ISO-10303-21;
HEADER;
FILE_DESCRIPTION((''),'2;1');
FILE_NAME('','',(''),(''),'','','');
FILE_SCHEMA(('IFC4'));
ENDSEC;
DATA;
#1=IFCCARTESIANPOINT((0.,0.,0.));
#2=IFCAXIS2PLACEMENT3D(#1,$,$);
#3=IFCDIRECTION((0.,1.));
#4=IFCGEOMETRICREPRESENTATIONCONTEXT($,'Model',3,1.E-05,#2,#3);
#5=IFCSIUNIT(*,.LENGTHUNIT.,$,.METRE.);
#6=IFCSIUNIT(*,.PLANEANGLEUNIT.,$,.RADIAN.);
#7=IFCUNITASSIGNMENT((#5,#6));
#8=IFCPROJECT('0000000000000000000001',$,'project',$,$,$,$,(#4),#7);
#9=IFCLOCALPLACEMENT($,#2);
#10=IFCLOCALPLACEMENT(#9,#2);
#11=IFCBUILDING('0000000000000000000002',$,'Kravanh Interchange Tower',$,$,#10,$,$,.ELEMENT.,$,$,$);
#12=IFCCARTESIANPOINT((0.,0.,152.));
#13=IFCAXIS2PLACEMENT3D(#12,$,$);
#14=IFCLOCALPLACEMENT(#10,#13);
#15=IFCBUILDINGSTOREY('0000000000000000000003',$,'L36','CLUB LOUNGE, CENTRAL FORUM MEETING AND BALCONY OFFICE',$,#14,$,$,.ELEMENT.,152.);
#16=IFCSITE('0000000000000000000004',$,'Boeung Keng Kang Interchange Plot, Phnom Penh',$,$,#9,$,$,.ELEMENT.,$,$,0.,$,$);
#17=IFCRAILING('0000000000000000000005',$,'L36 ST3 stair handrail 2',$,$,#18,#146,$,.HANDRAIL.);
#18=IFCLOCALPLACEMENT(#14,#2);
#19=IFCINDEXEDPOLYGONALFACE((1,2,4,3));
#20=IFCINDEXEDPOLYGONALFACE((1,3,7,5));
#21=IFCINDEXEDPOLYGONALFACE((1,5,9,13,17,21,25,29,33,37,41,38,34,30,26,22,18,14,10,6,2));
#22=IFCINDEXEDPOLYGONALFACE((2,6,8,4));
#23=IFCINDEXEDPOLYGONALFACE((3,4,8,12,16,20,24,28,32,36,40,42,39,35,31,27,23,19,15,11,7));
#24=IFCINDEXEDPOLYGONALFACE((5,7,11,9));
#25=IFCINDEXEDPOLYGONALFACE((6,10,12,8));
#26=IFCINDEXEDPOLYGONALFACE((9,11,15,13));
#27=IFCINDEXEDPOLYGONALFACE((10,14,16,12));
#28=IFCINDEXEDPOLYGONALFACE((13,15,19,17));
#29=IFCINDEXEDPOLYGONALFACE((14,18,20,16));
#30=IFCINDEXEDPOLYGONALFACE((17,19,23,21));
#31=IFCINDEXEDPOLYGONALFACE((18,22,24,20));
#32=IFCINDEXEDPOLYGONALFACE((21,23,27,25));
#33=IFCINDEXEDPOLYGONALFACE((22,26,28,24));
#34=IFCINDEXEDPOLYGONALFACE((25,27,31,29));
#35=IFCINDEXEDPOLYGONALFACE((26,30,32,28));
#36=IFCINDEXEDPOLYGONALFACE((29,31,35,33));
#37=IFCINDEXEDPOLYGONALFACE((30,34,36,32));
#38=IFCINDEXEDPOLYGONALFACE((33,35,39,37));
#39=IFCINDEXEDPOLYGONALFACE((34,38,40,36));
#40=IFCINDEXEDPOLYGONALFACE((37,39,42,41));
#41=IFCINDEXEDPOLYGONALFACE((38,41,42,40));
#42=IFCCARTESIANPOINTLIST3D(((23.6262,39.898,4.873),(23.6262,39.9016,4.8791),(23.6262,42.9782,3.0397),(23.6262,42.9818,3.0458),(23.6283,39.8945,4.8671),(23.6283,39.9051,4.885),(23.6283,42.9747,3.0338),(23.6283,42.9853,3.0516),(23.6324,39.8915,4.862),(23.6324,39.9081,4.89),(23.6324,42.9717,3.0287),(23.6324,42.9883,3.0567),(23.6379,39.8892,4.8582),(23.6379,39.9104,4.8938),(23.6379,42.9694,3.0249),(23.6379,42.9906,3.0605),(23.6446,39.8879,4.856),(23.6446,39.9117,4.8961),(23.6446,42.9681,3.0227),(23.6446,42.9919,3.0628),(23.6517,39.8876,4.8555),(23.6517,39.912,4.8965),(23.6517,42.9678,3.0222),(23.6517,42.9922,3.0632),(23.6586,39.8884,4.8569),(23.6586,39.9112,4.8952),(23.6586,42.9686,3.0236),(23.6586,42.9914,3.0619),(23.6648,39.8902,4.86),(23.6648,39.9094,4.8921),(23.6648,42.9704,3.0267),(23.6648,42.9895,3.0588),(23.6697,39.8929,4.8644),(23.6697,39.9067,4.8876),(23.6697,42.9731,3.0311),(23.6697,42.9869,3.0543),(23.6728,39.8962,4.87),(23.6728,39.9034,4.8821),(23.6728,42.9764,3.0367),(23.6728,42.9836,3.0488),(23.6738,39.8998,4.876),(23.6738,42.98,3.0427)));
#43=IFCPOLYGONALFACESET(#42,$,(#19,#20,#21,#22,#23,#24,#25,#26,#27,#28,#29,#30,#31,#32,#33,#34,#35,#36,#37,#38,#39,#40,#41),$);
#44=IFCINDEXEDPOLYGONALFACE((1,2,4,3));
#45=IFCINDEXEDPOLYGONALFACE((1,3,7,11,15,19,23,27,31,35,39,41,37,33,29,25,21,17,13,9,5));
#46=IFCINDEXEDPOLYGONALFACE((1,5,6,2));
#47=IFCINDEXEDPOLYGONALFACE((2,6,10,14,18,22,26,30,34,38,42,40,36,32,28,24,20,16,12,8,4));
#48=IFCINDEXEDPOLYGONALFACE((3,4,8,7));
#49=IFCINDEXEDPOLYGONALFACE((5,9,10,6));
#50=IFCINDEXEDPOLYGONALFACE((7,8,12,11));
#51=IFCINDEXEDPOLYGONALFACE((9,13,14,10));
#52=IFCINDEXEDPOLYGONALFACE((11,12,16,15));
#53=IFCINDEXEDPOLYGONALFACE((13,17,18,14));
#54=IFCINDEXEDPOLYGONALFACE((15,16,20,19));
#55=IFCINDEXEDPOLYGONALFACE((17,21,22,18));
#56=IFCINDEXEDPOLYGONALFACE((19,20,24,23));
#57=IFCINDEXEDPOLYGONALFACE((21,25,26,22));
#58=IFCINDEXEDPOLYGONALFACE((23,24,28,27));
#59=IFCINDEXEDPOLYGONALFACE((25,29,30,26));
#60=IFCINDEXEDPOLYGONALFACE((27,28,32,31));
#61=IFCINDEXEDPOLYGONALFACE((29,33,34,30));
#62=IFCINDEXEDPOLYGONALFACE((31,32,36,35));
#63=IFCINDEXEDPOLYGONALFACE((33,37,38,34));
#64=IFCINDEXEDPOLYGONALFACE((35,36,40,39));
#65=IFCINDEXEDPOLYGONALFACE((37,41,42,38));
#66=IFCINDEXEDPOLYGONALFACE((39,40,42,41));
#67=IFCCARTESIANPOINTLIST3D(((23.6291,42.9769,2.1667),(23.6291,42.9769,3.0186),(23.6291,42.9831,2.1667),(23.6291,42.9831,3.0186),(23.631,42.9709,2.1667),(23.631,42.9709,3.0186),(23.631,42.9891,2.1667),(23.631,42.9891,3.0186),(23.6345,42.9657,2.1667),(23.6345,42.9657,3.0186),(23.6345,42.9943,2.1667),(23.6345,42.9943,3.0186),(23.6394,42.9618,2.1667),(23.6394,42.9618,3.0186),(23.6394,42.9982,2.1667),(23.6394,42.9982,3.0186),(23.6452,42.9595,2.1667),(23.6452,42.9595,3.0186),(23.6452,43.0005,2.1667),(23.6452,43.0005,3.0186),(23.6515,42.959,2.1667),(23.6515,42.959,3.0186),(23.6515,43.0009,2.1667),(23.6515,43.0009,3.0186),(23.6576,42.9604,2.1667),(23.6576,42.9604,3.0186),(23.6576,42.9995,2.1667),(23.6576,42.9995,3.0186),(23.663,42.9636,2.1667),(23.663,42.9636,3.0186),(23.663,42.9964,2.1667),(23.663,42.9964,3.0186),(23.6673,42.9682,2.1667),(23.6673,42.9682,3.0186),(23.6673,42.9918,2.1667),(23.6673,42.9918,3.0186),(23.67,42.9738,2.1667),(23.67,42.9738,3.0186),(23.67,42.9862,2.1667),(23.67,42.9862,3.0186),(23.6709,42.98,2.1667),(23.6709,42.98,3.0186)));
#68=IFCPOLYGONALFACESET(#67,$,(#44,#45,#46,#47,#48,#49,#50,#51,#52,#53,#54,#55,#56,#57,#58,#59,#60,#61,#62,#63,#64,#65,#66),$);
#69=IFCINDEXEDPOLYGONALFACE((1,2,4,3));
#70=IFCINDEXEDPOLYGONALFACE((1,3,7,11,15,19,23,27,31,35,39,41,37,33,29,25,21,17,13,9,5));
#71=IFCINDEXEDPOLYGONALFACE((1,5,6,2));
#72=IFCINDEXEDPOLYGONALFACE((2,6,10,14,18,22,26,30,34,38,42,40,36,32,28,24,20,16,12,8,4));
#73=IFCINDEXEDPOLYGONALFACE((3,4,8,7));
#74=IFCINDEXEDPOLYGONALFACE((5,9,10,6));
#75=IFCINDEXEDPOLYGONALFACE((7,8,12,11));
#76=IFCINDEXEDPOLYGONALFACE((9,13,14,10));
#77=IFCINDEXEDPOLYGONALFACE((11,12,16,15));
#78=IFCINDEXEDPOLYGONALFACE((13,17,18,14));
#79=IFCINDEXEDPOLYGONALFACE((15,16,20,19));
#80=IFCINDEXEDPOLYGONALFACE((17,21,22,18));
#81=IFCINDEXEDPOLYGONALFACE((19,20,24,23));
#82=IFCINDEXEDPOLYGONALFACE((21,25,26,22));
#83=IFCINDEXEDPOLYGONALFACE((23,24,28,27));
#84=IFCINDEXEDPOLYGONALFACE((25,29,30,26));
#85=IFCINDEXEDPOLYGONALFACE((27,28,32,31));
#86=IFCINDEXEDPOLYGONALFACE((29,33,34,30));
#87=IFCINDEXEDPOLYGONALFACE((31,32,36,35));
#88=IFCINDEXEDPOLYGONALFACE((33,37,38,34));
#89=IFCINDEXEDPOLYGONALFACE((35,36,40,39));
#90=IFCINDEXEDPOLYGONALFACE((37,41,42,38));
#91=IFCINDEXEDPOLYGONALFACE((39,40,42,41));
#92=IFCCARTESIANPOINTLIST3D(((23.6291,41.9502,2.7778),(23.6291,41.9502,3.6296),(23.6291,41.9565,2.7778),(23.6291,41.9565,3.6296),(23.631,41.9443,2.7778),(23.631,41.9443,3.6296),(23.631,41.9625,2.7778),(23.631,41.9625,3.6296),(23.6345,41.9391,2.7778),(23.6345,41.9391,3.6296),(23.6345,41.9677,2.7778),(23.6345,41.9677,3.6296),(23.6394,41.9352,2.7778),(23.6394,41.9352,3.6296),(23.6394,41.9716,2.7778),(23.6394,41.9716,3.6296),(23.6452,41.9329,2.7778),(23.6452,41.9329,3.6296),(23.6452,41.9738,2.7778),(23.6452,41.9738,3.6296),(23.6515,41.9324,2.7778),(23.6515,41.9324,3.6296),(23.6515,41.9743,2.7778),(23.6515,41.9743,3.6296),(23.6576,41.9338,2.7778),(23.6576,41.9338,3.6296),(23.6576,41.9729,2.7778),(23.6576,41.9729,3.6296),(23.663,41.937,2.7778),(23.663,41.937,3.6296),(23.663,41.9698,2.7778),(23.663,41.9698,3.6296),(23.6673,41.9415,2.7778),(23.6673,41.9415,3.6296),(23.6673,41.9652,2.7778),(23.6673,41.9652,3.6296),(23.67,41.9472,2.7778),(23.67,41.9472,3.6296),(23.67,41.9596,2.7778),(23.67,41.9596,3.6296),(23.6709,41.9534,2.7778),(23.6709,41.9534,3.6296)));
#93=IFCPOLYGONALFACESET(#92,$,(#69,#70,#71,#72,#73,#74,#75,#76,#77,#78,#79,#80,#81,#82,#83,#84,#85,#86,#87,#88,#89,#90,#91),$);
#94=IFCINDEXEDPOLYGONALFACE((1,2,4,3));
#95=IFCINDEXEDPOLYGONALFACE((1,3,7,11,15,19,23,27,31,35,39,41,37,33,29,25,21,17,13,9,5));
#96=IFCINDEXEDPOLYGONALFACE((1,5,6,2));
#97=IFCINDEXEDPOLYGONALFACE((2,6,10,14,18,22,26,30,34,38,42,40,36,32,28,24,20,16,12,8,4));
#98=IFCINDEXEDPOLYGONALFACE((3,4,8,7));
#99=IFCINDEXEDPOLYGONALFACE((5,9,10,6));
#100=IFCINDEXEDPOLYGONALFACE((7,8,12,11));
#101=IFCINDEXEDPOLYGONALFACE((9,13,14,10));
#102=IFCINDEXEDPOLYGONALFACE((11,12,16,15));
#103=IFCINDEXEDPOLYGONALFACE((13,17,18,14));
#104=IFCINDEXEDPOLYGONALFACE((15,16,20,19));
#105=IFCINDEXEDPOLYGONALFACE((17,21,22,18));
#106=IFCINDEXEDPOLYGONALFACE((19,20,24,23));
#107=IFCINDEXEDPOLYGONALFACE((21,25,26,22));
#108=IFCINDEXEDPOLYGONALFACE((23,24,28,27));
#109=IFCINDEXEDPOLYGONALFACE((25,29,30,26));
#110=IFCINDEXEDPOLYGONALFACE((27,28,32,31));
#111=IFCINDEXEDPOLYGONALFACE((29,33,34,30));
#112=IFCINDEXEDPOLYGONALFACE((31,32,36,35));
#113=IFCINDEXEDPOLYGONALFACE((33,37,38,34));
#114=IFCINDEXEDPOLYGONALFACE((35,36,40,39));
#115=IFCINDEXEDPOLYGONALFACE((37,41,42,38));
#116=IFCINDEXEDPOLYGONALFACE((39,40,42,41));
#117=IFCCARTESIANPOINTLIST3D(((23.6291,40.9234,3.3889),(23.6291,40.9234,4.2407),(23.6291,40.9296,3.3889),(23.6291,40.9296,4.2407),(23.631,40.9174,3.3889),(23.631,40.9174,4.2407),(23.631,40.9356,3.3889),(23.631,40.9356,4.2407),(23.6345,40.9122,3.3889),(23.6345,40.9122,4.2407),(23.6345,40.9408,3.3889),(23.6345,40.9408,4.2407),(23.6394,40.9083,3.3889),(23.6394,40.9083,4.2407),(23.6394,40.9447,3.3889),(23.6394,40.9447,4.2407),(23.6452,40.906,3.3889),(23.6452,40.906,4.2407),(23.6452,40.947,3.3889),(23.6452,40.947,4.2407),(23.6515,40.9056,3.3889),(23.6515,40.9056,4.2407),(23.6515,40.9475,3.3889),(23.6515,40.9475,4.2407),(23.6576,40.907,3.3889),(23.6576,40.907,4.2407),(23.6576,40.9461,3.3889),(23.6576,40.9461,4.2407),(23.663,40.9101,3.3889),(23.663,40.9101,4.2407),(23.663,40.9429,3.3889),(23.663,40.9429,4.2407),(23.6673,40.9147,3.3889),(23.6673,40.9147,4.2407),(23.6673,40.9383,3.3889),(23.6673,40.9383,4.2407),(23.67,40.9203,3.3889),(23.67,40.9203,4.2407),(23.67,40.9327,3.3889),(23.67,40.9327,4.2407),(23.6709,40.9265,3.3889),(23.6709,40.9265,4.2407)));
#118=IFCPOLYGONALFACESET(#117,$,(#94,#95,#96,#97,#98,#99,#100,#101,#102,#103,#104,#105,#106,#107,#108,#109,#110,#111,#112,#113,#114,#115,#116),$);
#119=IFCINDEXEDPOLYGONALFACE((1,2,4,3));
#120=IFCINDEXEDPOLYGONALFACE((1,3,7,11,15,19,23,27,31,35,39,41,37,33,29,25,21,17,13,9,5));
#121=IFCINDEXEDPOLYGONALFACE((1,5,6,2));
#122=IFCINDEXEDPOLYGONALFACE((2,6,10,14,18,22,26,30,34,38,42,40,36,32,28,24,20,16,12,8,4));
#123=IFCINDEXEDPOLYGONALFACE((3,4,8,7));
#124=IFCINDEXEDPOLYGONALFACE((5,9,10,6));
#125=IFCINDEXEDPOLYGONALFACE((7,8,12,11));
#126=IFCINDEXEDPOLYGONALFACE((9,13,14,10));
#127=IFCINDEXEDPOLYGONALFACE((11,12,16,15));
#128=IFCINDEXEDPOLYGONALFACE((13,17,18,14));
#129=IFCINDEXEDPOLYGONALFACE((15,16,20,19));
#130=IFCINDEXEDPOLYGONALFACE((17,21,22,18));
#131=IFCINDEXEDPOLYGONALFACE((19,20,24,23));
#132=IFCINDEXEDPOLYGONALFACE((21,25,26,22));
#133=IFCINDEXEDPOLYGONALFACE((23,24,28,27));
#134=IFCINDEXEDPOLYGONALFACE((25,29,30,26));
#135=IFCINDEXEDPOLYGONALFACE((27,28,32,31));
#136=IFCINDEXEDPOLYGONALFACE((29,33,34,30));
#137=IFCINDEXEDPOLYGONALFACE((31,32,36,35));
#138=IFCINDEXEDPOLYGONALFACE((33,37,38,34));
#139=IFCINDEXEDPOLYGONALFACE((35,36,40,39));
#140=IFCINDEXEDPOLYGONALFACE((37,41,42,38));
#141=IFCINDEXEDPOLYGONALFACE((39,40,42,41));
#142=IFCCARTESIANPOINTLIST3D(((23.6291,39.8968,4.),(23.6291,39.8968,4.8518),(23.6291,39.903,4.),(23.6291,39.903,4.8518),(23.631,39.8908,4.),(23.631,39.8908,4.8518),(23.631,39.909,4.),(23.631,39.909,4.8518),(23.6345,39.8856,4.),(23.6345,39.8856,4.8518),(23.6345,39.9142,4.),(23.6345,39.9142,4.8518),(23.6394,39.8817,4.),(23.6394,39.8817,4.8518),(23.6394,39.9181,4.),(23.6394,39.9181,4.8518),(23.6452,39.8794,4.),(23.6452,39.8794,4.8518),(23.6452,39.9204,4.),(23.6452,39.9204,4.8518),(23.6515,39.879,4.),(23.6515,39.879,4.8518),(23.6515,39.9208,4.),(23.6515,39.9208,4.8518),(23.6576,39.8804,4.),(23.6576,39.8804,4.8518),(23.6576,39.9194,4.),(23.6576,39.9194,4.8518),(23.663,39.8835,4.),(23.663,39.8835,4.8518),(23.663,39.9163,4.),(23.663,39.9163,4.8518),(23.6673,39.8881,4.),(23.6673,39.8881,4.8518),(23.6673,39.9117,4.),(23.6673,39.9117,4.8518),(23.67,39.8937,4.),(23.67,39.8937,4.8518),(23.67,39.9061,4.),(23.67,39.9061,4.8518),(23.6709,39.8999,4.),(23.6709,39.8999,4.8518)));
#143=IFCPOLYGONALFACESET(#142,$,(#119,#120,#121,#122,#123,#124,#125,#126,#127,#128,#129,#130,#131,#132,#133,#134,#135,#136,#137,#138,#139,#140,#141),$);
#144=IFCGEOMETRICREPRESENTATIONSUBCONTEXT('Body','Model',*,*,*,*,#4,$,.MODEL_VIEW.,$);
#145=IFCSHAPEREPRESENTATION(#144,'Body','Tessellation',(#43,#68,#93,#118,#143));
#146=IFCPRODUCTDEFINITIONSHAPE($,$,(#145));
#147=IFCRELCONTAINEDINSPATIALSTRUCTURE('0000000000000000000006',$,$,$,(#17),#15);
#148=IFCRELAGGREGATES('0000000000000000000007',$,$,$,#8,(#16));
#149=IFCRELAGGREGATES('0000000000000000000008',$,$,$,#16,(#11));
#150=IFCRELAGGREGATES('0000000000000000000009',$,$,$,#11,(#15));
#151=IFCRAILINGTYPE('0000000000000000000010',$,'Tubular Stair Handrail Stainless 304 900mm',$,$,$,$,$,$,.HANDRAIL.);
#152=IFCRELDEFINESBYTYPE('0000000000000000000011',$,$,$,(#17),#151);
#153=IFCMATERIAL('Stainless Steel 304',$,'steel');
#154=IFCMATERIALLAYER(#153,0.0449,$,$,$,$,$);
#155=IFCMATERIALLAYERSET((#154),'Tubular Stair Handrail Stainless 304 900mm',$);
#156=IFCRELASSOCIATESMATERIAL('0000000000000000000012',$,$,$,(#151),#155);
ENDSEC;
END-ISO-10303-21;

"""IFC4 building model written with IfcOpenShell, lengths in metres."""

from ifc_helpers import new_model, si_unit, direction, frame, origin, origin_2d, place, context, subcontext, project, spatial, circle, extrude, material, layer, layer_set, type_object, element, save


model = new_model("IFC4")

# Units and contexts
model_context = context("Model", 3, precision=1e-05, world=origin(), true_north=direction((0.0, 1.0)))
body_context = subcontext(model_context, "Body", "Model", "MODEL_VIEW")
ifc_project = project(units=[si_unit("LENGTHUNIT", "METRE"), si_unit("PLANEANGLEUNIT", "RADIAN")], contexts=[model_context])

# Site, building, storey
site_placement = place(None, origin())
site = spatial("IfcSite", under=ifc_project, at=site_placement, Name="Boeung Keng Kang Interchange Plot, Phnom Penh", CompositionType="ELEMENT", RefElevation=0.0)
building_placement = place(site_placement, origin())
building = spatial("IfcBuilding", under=site, at=building_placement, Name="Kravanh Interchange Tower", CompositionType="ELEMENT")
storey_placement = place(building_placement, frame((0.0, 0.0, 152.0)))
storey = spatial("IfcBuildingStorey", under=building, at=storey_placement, Name="L36", Description="CLUB LOUNGE, CENTRAL FORUM MEETING AND BALCONY OFFICE", CompositionType="ELEMENT", Elevation=152.0)

# Railing
ifc_material_1 = material(Name="Stainless Steel 304", Category="steel")
ifc_layer_1 = layer(ifc_material_1, 0.0449)
ifc_layer_set_1 = layer_set([ifc_layer_1], Name="Tubular Stair Handrail Stainless 304 900mm")
railing_type_1 = type_object("IfcRailingType", Name="Tubular Stair Handrail Stainless 304 900mm", PredefinedType="HANDRAIL", material=ifc_layer_set_1)
railing_1_placement = place(storey_placement, frame((23.6499, 42.98, 2.1667)))
element("IfcRailing", 1, at=railing_1_placement, inside=storey, type_object=railing_type_1, Name="L36 ST3 stair handrail 2", PredefinedType="HANDRAIL", context=body_context, shape_type="SweptSolid", body=[
    extrude(circle(Radius=0.0239, at=origin_2d()), frame((0.0, 0.0, 0.876), z_axis=(0.0, -0.859309, 0.511458), x_axis=(1.0, 0.0, 0.0)), (0.0, 0.0, 1.0), 3.5845),
    extrude(circle(Radius=0.021, at=origin_2d()), origin(), (0.0, 0.0, 1.0), 0.8518),
    extrude(circle(Radius=0.021, at=origin_2d()), frame((0.0, -1.0266, 0.6111)), (0.0, 0.0, 1.0), 0.8518),
    extrude(circle(Radius=0.021, at=origin_2d()), frame((0.0, -2.0535, 1.2222)), (0.0, 0.0, 1.0), 0.8518),
    extrude(circle(Radius=0.021, at=origin_2d()), frame((0.0, -3.0801, 1.8333)), (0.0, 0.0, 1.0), 0.8518),
])

save(model, "model.ifc")
